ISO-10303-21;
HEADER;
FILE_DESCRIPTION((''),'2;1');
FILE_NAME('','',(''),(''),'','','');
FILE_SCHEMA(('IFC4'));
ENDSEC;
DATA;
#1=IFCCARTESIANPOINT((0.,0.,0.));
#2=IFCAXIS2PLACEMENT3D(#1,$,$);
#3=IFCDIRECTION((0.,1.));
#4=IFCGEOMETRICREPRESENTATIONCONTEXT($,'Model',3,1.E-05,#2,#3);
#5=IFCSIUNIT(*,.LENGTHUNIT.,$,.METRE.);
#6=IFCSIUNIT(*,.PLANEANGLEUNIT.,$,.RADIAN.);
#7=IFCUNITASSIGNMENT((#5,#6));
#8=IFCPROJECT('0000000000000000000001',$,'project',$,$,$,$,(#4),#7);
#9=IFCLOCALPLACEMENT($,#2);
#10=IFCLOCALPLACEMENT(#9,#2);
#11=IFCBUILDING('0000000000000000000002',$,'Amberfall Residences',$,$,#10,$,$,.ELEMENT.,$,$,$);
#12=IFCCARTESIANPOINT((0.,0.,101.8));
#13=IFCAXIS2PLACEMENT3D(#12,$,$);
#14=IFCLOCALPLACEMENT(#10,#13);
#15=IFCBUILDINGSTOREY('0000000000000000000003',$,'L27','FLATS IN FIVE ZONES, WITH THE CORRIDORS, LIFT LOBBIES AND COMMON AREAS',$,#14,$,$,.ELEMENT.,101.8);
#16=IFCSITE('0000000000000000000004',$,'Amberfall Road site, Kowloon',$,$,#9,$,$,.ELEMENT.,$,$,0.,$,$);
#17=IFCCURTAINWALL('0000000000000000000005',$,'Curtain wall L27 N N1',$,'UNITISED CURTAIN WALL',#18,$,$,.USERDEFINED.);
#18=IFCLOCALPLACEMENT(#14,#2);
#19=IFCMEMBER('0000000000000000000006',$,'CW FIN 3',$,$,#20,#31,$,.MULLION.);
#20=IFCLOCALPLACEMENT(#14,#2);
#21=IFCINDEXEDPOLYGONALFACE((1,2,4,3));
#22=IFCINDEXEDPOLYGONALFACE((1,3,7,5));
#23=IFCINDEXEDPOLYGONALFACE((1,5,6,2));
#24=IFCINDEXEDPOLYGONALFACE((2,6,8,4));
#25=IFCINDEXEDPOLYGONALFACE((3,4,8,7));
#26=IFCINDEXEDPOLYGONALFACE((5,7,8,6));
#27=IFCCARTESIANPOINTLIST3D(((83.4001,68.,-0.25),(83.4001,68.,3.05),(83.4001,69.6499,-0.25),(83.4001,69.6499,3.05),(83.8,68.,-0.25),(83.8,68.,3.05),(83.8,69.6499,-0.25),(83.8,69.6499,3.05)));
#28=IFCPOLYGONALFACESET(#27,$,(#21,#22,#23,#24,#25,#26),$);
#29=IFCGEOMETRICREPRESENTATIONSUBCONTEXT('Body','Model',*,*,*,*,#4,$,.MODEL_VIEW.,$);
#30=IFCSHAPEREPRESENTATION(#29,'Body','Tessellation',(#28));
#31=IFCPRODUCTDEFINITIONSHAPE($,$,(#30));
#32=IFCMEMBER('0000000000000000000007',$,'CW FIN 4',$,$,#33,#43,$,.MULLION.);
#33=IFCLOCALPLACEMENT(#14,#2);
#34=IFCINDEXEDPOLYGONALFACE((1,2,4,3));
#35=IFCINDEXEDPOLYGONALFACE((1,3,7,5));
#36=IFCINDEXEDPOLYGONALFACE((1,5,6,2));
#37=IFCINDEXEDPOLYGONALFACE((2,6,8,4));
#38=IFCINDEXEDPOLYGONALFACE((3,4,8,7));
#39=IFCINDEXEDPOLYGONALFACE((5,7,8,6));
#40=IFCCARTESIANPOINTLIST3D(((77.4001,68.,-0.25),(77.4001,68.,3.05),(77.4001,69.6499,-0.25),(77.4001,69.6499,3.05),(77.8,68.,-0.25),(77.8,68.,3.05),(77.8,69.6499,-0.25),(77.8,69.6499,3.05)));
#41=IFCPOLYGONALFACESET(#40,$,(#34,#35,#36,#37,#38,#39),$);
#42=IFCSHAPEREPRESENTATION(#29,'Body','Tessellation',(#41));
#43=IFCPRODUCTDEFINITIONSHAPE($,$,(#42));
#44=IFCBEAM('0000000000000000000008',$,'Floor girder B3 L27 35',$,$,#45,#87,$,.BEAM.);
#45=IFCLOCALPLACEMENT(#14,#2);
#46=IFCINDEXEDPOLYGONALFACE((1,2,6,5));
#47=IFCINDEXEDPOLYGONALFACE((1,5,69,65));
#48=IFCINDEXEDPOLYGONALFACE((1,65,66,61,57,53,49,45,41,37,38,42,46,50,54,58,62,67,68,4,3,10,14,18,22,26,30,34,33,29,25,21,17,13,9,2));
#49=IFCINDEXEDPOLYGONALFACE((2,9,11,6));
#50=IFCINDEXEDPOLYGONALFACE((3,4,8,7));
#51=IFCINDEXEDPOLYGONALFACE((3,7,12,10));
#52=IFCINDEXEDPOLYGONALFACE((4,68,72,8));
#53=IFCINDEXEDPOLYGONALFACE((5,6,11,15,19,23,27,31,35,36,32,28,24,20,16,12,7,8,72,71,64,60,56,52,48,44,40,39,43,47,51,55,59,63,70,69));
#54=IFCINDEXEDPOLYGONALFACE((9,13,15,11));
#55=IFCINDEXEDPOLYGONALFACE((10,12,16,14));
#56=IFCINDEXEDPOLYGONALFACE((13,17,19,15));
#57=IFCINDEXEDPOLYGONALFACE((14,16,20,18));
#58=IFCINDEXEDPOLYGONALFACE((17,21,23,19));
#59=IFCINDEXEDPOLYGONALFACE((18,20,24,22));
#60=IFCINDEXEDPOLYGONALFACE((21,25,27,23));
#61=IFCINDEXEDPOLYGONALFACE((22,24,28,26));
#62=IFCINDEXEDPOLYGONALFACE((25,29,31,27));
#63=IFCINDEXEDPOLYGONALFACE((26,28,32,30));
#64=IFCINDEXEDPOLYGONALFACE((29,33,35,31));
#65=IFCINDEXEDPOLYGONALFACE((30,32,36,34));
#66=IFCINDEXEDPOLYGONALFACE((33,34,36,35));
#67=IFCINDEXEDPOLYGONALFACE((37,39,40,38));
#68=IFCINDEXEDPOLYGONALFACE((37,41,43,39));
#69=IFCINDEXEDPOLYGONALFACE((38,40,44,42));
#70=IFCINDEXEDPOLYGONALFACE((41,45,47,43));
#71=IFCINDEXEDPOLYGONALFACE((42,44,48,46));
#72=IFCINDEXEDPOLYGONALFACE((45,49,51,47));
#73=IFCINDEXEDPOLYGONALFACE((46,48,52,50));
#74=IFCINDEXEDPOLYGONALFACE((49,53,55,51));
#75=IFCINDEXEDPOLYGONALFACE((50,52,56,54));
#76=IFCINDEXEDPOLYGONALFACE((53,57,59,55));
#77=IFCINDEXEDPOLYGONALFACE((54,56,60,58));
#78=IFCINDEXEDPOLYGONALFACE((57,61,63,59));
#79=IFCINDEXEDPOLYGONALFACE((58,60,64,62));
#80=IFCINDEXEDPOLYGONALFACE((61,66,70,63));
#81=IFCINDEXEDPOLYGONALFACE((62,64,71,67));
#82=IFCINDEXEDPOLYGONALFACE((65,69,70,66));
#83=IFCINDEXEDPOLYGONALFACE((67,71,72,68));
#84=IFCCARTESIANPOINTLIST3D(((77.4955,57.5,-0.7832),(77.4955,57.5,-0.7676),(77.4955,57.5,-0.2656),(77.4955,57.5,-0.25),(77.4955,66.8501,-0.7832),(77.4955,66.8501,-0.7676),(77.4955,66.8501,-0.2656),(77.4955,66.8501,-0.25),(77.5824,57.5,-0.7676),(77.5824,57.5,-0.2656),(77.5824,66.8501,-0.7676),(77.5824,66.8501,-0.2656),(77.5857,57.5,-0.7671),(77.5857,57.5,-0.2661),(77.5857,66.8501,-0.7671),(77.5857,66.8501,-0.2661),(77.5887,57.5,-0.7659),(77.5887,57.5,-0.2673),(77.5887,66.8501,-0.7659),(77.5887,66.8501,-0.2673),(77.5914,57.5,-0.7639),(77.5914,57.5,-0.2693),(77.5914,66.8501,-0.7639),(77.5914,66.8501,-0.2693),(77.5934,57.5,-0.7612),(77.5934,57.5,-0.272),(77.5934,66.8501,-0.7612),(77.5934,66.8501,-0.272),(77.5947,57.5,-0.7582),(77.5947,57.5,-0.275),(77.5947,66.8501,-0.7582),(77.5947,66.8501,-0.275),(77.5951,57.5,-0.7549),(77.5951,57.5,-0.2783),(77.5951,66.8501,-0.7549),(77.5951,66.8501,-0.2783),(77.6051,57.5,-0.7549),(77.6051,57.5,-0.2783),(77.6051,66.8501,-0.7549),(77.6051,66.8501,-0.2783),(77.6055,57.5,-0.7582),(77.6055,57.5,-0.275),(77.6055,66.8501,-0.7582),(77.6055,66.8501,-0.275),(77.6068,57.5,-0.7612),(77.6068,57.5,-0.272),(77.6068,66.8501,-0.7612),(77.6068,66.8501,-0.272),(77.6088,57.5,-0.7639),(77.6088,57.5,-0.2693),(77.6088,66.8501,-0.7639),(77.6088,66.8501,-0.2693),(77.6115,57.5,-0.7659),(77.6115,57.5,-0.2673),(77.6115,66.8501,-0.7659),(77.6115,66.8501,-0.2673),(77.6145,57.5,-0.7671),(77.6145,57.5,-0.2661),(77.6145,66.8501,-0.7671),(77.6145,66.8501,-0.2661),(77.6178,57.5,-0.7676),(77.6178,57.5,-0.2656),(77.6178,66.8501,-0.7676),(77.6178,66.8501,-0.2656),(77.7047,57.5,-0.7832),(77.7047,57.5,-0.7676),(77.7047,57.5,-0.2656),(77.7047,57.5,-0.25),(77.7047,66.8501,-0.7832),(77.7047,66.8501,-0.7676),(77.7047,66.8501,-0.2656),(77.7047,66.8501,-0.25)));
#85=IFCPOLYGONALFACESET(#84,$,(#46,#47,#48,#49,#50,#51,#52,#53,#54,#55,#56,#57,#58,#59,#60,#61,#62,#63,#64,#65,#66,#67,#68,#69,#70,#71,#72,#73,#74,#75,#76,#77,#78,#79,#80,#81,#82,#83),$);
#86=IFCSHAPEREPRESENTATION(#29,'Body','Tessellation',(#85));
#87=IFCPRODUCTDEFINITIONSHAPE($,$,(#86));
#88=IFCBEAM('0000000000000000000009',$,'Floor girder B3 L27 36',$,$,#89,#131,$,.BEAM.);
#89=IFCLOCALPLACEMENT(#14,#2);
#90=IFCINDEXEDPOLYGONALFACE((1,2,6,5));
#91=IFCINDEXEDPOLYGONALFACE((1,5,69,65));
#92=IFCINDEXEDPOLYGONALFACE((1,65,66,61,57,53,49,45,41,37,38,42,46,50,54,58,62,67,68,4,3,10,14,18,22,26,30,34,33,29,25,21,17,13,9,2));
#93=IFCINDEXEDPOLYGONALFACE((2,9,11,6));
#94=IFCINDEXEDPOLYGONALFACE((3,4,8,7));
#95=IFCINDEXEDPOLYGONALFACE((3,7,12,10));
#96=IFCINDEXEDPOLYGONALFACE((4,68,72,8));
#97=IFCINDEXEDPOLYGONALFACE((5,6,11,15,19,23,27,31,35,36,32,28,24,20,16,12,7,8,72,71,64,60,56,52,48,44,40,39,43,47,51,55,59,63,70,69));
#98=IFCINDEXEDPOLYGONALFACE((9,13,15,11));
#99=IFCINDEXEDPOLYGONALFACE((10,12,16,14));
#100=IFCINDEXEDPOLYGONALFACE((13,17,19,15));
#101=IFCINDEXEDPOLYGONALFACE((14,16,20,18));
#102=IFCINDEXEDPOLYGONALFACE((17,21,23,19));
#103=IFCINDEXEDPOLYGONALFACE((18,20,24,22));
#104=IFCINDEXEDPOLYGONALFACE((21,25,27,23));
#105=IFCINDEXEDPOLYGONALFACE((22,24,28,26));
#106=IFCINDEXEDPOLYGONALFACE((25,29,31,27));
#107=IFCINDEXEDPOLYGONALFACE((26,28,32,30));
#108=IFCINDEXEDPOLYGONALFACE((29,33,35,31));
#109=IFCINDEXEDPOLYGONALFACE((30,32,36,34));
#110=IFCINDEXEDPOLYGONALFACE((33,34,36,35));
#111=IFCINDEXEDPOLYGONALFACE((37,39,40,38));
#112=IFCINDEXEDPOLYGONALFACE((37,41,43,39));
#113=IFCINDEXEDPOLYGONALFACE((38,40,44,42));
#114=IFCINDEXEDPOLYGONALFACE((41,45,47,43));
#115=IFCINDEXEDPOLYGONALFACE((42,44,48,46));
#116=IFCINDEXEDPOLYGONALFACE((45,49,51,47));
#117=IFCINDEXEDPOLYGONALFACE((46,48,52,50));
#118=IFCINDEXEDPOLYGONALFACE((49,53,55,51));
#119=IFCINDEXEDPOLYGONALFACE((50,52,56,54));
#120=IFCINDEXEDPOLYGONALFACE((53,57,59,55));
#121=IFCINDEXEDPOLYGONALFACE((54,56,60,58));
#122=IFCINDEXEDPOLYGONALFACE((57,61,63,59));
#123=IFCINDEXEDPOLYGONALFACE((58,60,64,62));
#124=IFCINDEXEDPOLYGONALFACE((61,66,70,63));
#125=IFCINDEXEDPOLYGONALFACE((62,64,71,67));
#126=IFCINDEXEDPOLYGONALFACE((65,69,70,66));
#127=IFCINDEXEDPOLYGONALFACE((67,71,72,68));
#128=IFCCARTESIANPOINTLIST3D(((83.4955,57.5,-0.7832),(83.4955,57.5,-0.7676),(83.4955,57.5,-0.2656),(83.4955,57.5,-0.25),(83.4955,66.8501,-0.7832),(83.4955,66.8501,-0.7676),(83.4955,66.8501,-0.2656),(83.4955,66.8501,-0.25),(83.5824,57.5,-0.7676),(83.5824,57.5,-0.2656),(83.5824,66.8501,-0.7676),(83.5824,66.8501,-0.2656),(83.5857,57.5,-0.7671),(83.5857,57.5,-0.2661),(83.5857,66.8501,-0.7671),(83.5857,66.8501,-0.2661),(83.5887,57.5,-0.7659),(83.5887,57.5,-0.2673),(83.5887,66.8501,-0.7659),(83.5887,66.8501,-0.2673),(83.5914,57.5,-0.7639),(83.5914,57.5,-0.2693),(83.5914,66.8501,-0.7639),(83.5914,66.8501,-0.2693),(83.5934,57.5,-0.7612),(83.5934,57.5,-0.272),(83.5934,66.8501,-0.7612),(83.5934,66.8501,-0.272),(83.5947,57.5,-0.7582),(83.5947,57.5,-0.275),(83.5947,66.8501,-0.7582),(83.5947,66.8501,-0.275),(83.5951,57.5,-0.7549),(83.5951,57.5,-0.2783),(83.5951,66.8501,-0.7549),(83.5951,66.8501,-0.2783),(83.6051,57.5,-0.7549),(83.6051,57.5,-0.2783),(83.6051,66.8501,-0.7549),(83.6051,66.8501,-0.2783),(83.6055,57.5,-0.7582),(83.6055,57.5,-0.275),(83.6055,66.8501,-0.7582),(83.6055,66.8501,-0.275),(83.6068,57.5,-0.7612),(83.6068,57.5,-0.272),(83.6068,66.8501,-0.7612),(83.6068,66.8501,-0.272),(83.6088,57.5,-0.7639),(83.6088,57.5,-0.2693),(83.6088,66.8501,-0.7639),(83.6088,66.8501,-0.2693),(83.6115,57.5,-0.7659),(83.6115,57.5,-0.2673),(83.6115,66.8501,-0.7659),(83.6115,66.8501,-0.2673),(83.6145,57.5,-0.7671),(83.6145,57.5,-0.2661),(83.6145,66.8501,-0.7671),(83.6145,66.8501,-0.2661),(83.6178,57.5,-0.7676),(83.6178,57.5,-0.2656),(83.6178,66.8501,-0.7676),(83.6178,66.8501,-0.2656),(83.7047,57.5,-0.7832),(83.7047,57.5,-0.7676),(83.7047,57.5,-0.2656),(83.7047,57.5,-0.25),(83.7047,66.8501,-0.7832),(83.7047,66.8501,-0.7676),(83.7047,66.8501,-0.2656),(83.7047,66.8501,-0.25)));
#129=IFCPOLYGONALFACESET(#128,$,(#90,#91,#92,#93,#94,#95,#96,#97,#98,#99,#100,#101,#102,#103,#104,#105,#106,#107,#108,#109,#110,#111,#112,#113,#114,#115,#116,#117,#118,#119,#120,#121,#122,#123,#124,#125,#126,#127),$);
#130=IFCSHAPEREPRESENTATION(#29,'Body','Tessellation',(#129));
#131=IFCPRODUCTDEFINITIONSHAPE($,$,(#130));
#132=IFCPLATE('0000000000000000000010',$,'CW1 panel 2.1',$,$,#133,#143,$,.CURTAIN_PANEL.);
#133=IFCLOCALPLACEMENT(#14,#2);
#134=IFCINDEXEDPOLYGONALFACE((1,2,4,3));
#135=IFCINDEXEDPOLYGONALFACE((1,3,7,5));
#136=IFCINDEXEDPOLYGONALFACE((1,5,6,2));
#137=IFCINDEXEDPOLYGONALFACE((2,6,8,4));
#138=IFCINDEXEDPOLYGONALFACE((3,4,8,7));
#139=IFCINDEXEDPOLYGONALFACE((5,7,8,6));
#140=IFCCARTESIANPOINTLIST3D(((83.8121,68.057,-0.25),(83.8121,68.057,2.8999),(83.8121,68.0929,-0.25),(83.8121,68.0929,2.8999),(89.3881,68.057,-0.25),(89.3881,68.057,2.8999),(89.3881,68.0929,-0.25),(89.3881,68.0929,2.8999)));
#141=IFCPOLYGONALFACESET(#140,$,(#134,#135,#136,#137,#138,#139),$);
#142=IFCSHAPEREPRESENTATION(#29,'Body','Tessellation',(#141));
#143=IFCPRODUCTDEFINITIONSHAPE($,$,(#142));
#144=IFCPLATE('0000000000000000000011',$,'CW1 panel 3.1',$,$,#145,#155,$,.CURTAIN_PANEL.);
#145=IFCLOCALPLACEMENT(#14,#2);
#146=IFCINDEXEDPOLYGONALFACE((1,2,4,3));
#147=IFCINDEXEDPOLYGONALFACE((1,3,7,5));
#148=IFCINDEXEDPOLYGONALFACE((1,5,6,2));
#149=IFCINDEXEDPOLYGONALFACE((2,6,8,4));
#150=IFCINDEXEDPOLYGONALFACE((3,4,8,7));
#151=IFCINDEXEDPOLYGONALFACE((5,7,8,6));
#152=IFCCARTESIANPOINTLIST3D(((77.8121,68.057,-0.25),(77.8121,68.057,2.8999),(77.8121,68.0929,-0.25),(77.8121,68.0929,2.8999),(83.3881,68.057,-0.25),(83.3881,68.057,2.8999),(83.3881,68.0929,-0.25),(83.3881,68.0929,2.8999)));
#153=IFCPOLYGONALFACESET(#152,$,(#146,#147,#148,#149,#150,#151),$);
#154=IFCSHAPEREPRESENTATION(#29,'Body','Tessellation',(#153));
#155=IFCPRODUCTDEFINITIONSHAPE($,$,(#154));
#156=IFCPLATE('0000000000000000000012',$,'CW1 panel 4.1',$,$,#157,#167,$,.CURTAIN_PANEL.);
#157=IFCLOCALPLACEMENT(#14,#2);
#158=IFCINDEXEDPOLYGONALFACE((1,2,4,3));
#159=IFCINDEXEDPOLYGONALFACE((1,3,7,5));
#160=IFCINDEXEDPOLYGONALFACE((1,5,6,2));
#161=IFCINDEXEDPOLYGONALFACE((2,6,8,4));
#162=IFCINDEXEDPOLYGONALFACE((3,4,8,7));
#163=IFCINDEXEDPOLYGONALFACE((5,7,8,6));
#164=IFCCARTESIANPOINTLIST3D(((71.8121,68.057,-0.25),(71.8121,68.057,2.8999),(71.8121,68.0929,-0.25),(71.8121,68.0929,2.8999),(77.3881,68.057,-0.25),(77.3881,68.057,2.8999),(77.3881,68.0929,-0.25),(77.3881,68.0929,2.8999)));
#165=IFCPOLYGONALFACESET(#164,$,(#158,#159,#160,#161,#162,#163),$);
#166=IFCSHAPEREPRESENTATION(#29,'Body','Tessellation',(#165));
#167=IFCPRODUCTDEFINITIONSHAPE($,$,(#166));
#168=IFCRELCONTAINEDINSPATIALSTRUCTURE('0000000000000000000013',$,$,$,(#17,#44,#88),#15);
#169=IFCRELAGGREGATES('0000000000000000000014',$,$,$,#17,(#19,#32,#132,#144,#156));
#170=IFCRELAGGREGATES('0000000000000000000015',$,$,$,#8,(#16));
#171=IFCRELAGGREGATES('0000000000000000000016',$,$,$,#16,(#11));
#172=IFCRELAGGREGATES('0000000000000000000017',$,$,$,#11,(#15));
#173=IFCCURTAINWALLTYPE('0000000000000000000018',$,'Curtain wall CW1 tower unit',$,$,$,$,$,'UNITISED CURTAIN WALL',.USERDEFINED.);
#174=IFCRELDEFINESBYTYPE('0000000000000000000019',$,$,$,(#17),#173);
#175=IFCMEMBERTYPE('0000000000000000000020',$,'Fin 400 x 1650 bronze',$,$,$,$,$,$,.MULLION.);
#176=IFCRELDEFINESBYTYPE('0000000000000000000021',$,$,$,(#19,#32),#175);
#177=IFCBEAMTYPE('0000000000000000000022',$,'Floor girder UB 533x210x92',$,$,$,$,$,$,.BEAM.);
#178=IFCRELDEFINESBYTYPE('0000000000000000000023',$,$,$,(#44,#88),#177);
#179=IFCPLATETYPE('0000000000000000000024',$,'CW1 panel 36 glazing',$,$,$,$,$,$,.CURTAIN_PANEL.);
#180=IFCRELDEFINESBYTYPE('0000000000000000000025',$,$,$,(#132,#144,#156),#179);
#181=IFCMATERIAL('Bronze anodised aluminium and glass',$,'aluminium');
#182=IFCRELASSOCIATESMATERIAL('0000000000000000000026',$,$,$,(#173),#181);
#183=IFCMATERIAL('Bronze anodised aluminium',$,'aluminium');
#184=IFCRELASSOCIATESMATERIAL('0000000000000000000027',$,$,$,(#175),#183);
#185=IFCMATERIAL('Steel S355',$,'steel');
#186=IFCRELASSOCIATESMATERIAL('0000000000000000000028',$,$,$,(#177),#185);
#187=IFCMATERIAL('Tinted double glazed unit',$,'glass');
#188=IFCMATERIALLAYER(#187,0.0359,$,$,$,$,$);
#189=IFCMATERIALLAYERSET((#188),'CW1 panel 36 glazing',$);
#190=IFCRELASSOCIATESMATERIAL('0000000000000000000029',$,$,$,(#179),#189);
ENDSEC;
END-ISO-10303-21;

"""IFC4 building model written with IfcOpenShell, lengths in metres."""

from ifc_helpers import new_model, si_unit, direction, frame, origin, origin_2d, place, context, subcontext, project, spatial, rectangle, i_section, extrude, material, layer, layer_set, material_profile, profile_set, type_object, element, aggregate, save


model = new_model("IFC4")

# Units and contexts
model_context = context("Model", 3, precision=1e-05, world=origin(), true_north=direction((0.0, 1.0)))
body_context = subcontext(model_context, "Body", "Model", "MODEL_VIEW")
ifc_project = project(units=[si_unit("LENGTHUNIT", "METRE"), si_unit("PLANEANGLEUNIT", "RADIAN")], contexts=[model_context])

# Site, building, storey
site_placement = place(None, origin())
site = spatial("IfcSite", under=ifc_project, at=site_placement, Name="Amberfall Road site, Kowloon", CompositionType="ELEMENT", RefElevation=0.0)
building_placement = place(site_placement, origin())
building = spatial("IfcBuilding", under=site, at=building_placement, Name="Amberfall Residences", CompositionType="ELEMENT")
storey_placement = place(building_placement, frame((0.0, 0.0, 101.8)))
storey = spatial("IfcBuildingStorey", under=building, at=storey_placement, Name="L27", Description="FLATS IN FIVE ZONES, WITH THE CORRIDORS, LIFT LOBBIES AND COMMON AREAS", CompositionType="ELEMENT", Elevation=101.8)

# Curtain wall
ifc_material_1 = material(Name="Bronze anodised aluminium and glass", Category="aluminium")
curtain_wall_type = type_object("IfcCurtainWallType", Name="Curtain wall CW1 tower unit", ElementType="UNITISED CURTAIN WALL", PredefinedType="USERDEFINED", material=ifc_material_1)
curtain_wall_placement = place(storey_placement, origin())
curtain_wall = element("IfcCurtainWall", 1, at=curtain_wall_placement, inside=storey, type_object=curtain_wall_type, Name="Curtain wall L27 N N1", ObjectType="UNITISED CURTAIN WALL", PredefinedType="USERDEFINED")
ifc_material_2 = material(Name="Bronze anodised aluminium", Category="aluminium")

# Shared definitions
ifc_material_3 = material(Name="Steel S355", Category="steel")

# Members
ifc_material_profile_1 = material_profile(ifc_material_2, rectangle(XDim=1.6499, YDim=0.3999, at=origin_2d()), Name="Fin 400 x 1650 bronze")
ifc_profile_set_1 = profile_set([ifc_material_profile_1], Name="Bronze anodised aluminium")
member_type_1 = type_object("IfcMemberType", Name="Fin 400 x 1650 bronze", PredefinedType="MULLION", material=ifc_profile_set_1)
member_1_placement = place(storey_placement, frame((83.6001, 68.825, -0.25), z_axis=(0.0, 0.0, 1.0), x_axis=(0.0, -1.0, 0.0)))
member_1 = element("IfcMember", 2, at=member_1_placement, type_object=member_type_1, Name="CW FIN 3", PredefinedType="MULLION", context=body_context, shape_type="SweptSolid", body=[
    extrude(rectangle(XDim=1.6499, YDim=0.3999, at=origin_2d()), origin(), (0.0, 0.0, 1.0), 3.3),
])
member_2_placement = place(storey_placement, frame((77.6001, 68.825, -0.25), z_axis=(0.0, 0.0, 1.0), x_axis=(0.0, -1.0, 0.0)))
member_2 = element("IfcMember", 3, at=member_2_placement, type_object=member_type_1, Name="CW FIN 4", PredefinedType="MULLION", context=body_context, shape_type="SweptSolid", body=[
    extrude(rectangle(XDim=1.6499, YDim=0.3999, at=origin_2d()), origin(), (0.0, 0.0, 1.0), 3.3),
])

# Beams
ifc_material_profile_2 = material_profile(ifc_material_3, i_section(OverallWidth=0.2092, OverallDepth=0.5332, WebThickness=0.01, FlangeThickness=0.0156, FilletRadius=0.0127, at=origin_2d()), Name="UB 533x210x92")
ifc_profile_set_2 = profile_set([ifc_material_profile_2], Name="Steel S355")
beam_type_1 = type_object("IfcBeamType", Name="Floor girder UB 533x210x92", PredefinedType="BEAM", material=ifc_profile_set_2)
for number, where, z_axis, x_axis, name in (
    (4, (77.6001, 66.8501, -0.5166), (0.0, -1.0, 0.0), (1.0, 0.0, 0.0), "Floor girder B3 L27 35"),
    (5, (83.6001, 66.8501, -0.5166), (0.0, -1.0, 0.0), (1.0, 0.0, 0.0), "Floor girder B3 L27 36"),
):
    element("IfcBeam", number, at=place(storey_placement, frame(where, z_axis=z_axis, x_axis=x_axis)), inside=storey, type_object=beam_type_1, Name=name, PredefinedType="BEAM", context=body_context, shape_type="SweptSolid", body=[
        extrude(i_section(OverallWidth=0.2092, OverallDepth=0.5332, WebThickness=0.01, FlangeThickness=0.0156, FilletRadius=0.0127, at=origin_2d()), origin(), (0.0, 0.0, 1.0), 9.3501),
    ])

# Plates
ifc_material_4 = material(Name="Tinted double glazed unit", Category="glass")
ifc_layer_1 = layer(ifc_material_4, 0.0359)
ifc_layer_set_1 = layer_set([ifc_layer_1], Name="CW1 panel 36 glazing")
plate_type = type_object("IfcPlateType", Name="CW1 panel 36 glazing", PredefinedType="CURTAIN_PANEL", material=ifc_layer_set_1)
plate_1_placement = place(storey_placement, frame((86.6001, 68.075, -0.25), z_axis=(0.0, 0.0, 1.0), x_axis=(-1.0, 0.0, 0.0)))
plate_1 = element("IfcPlate", 6, at=plate_1_placement, type_object=plate_type, Name="CW1 panel 2.1", PredefinedType="CURTAIN_PANEL", context=body_context, shape_type="SweptSolid", body=[
    extrude(rectangle(XDim=5.5759, YDim=0.0359, at=origin_2d()), origin(), (0.0, 0.0, 1.0), 3.1499),
])
plate_2_placement = place(storey_placement, frame((80.6001, 68.075, -0.25), z_axis=(0.0, 0.0, 1.0), x_axis=(-1.0, 0.0, 0.0)))
plate_2 = element("IfcPlate", 7, at=plate_2_placement, type_object=plate_type, Name="CW1 panel 3.1", PredefinedType="CURTAIN_PANEL", context=body_context, shape_type="SweptSolid", body=[
    extrude(rectangle(XDim=5.5759, YDim=0.0359, at=origin_2d()), origin(), (0.0, 0.0, 1.0), 3.1499),
])
plate_3_placement = place(storey_placement, frame((74.6001, 68.075, -0.25), z_axis=(0.0, 0.0, 1.0), x_axis=(-1.0, 0.0, 0.0)))
plate_3 = element("IfcPlate", 8, at=plate_3_placement, type_object=plate_type, Name="CW1 panel 4.1", PredefinedType="CURTAIN_PANEL", context=body_context, shape_type="SweptSolid", body=[
    extrude(rectangle(XDim=5.5759, YDim=0.0359, at=origin_2d()), origin(), (0.0, 0.0, 1.0), 3.1499),
])
aggregate(curtain_wall, [member_1, member_2, plate_1, plate_2, plate_3])

save(model, "model.ifc")
